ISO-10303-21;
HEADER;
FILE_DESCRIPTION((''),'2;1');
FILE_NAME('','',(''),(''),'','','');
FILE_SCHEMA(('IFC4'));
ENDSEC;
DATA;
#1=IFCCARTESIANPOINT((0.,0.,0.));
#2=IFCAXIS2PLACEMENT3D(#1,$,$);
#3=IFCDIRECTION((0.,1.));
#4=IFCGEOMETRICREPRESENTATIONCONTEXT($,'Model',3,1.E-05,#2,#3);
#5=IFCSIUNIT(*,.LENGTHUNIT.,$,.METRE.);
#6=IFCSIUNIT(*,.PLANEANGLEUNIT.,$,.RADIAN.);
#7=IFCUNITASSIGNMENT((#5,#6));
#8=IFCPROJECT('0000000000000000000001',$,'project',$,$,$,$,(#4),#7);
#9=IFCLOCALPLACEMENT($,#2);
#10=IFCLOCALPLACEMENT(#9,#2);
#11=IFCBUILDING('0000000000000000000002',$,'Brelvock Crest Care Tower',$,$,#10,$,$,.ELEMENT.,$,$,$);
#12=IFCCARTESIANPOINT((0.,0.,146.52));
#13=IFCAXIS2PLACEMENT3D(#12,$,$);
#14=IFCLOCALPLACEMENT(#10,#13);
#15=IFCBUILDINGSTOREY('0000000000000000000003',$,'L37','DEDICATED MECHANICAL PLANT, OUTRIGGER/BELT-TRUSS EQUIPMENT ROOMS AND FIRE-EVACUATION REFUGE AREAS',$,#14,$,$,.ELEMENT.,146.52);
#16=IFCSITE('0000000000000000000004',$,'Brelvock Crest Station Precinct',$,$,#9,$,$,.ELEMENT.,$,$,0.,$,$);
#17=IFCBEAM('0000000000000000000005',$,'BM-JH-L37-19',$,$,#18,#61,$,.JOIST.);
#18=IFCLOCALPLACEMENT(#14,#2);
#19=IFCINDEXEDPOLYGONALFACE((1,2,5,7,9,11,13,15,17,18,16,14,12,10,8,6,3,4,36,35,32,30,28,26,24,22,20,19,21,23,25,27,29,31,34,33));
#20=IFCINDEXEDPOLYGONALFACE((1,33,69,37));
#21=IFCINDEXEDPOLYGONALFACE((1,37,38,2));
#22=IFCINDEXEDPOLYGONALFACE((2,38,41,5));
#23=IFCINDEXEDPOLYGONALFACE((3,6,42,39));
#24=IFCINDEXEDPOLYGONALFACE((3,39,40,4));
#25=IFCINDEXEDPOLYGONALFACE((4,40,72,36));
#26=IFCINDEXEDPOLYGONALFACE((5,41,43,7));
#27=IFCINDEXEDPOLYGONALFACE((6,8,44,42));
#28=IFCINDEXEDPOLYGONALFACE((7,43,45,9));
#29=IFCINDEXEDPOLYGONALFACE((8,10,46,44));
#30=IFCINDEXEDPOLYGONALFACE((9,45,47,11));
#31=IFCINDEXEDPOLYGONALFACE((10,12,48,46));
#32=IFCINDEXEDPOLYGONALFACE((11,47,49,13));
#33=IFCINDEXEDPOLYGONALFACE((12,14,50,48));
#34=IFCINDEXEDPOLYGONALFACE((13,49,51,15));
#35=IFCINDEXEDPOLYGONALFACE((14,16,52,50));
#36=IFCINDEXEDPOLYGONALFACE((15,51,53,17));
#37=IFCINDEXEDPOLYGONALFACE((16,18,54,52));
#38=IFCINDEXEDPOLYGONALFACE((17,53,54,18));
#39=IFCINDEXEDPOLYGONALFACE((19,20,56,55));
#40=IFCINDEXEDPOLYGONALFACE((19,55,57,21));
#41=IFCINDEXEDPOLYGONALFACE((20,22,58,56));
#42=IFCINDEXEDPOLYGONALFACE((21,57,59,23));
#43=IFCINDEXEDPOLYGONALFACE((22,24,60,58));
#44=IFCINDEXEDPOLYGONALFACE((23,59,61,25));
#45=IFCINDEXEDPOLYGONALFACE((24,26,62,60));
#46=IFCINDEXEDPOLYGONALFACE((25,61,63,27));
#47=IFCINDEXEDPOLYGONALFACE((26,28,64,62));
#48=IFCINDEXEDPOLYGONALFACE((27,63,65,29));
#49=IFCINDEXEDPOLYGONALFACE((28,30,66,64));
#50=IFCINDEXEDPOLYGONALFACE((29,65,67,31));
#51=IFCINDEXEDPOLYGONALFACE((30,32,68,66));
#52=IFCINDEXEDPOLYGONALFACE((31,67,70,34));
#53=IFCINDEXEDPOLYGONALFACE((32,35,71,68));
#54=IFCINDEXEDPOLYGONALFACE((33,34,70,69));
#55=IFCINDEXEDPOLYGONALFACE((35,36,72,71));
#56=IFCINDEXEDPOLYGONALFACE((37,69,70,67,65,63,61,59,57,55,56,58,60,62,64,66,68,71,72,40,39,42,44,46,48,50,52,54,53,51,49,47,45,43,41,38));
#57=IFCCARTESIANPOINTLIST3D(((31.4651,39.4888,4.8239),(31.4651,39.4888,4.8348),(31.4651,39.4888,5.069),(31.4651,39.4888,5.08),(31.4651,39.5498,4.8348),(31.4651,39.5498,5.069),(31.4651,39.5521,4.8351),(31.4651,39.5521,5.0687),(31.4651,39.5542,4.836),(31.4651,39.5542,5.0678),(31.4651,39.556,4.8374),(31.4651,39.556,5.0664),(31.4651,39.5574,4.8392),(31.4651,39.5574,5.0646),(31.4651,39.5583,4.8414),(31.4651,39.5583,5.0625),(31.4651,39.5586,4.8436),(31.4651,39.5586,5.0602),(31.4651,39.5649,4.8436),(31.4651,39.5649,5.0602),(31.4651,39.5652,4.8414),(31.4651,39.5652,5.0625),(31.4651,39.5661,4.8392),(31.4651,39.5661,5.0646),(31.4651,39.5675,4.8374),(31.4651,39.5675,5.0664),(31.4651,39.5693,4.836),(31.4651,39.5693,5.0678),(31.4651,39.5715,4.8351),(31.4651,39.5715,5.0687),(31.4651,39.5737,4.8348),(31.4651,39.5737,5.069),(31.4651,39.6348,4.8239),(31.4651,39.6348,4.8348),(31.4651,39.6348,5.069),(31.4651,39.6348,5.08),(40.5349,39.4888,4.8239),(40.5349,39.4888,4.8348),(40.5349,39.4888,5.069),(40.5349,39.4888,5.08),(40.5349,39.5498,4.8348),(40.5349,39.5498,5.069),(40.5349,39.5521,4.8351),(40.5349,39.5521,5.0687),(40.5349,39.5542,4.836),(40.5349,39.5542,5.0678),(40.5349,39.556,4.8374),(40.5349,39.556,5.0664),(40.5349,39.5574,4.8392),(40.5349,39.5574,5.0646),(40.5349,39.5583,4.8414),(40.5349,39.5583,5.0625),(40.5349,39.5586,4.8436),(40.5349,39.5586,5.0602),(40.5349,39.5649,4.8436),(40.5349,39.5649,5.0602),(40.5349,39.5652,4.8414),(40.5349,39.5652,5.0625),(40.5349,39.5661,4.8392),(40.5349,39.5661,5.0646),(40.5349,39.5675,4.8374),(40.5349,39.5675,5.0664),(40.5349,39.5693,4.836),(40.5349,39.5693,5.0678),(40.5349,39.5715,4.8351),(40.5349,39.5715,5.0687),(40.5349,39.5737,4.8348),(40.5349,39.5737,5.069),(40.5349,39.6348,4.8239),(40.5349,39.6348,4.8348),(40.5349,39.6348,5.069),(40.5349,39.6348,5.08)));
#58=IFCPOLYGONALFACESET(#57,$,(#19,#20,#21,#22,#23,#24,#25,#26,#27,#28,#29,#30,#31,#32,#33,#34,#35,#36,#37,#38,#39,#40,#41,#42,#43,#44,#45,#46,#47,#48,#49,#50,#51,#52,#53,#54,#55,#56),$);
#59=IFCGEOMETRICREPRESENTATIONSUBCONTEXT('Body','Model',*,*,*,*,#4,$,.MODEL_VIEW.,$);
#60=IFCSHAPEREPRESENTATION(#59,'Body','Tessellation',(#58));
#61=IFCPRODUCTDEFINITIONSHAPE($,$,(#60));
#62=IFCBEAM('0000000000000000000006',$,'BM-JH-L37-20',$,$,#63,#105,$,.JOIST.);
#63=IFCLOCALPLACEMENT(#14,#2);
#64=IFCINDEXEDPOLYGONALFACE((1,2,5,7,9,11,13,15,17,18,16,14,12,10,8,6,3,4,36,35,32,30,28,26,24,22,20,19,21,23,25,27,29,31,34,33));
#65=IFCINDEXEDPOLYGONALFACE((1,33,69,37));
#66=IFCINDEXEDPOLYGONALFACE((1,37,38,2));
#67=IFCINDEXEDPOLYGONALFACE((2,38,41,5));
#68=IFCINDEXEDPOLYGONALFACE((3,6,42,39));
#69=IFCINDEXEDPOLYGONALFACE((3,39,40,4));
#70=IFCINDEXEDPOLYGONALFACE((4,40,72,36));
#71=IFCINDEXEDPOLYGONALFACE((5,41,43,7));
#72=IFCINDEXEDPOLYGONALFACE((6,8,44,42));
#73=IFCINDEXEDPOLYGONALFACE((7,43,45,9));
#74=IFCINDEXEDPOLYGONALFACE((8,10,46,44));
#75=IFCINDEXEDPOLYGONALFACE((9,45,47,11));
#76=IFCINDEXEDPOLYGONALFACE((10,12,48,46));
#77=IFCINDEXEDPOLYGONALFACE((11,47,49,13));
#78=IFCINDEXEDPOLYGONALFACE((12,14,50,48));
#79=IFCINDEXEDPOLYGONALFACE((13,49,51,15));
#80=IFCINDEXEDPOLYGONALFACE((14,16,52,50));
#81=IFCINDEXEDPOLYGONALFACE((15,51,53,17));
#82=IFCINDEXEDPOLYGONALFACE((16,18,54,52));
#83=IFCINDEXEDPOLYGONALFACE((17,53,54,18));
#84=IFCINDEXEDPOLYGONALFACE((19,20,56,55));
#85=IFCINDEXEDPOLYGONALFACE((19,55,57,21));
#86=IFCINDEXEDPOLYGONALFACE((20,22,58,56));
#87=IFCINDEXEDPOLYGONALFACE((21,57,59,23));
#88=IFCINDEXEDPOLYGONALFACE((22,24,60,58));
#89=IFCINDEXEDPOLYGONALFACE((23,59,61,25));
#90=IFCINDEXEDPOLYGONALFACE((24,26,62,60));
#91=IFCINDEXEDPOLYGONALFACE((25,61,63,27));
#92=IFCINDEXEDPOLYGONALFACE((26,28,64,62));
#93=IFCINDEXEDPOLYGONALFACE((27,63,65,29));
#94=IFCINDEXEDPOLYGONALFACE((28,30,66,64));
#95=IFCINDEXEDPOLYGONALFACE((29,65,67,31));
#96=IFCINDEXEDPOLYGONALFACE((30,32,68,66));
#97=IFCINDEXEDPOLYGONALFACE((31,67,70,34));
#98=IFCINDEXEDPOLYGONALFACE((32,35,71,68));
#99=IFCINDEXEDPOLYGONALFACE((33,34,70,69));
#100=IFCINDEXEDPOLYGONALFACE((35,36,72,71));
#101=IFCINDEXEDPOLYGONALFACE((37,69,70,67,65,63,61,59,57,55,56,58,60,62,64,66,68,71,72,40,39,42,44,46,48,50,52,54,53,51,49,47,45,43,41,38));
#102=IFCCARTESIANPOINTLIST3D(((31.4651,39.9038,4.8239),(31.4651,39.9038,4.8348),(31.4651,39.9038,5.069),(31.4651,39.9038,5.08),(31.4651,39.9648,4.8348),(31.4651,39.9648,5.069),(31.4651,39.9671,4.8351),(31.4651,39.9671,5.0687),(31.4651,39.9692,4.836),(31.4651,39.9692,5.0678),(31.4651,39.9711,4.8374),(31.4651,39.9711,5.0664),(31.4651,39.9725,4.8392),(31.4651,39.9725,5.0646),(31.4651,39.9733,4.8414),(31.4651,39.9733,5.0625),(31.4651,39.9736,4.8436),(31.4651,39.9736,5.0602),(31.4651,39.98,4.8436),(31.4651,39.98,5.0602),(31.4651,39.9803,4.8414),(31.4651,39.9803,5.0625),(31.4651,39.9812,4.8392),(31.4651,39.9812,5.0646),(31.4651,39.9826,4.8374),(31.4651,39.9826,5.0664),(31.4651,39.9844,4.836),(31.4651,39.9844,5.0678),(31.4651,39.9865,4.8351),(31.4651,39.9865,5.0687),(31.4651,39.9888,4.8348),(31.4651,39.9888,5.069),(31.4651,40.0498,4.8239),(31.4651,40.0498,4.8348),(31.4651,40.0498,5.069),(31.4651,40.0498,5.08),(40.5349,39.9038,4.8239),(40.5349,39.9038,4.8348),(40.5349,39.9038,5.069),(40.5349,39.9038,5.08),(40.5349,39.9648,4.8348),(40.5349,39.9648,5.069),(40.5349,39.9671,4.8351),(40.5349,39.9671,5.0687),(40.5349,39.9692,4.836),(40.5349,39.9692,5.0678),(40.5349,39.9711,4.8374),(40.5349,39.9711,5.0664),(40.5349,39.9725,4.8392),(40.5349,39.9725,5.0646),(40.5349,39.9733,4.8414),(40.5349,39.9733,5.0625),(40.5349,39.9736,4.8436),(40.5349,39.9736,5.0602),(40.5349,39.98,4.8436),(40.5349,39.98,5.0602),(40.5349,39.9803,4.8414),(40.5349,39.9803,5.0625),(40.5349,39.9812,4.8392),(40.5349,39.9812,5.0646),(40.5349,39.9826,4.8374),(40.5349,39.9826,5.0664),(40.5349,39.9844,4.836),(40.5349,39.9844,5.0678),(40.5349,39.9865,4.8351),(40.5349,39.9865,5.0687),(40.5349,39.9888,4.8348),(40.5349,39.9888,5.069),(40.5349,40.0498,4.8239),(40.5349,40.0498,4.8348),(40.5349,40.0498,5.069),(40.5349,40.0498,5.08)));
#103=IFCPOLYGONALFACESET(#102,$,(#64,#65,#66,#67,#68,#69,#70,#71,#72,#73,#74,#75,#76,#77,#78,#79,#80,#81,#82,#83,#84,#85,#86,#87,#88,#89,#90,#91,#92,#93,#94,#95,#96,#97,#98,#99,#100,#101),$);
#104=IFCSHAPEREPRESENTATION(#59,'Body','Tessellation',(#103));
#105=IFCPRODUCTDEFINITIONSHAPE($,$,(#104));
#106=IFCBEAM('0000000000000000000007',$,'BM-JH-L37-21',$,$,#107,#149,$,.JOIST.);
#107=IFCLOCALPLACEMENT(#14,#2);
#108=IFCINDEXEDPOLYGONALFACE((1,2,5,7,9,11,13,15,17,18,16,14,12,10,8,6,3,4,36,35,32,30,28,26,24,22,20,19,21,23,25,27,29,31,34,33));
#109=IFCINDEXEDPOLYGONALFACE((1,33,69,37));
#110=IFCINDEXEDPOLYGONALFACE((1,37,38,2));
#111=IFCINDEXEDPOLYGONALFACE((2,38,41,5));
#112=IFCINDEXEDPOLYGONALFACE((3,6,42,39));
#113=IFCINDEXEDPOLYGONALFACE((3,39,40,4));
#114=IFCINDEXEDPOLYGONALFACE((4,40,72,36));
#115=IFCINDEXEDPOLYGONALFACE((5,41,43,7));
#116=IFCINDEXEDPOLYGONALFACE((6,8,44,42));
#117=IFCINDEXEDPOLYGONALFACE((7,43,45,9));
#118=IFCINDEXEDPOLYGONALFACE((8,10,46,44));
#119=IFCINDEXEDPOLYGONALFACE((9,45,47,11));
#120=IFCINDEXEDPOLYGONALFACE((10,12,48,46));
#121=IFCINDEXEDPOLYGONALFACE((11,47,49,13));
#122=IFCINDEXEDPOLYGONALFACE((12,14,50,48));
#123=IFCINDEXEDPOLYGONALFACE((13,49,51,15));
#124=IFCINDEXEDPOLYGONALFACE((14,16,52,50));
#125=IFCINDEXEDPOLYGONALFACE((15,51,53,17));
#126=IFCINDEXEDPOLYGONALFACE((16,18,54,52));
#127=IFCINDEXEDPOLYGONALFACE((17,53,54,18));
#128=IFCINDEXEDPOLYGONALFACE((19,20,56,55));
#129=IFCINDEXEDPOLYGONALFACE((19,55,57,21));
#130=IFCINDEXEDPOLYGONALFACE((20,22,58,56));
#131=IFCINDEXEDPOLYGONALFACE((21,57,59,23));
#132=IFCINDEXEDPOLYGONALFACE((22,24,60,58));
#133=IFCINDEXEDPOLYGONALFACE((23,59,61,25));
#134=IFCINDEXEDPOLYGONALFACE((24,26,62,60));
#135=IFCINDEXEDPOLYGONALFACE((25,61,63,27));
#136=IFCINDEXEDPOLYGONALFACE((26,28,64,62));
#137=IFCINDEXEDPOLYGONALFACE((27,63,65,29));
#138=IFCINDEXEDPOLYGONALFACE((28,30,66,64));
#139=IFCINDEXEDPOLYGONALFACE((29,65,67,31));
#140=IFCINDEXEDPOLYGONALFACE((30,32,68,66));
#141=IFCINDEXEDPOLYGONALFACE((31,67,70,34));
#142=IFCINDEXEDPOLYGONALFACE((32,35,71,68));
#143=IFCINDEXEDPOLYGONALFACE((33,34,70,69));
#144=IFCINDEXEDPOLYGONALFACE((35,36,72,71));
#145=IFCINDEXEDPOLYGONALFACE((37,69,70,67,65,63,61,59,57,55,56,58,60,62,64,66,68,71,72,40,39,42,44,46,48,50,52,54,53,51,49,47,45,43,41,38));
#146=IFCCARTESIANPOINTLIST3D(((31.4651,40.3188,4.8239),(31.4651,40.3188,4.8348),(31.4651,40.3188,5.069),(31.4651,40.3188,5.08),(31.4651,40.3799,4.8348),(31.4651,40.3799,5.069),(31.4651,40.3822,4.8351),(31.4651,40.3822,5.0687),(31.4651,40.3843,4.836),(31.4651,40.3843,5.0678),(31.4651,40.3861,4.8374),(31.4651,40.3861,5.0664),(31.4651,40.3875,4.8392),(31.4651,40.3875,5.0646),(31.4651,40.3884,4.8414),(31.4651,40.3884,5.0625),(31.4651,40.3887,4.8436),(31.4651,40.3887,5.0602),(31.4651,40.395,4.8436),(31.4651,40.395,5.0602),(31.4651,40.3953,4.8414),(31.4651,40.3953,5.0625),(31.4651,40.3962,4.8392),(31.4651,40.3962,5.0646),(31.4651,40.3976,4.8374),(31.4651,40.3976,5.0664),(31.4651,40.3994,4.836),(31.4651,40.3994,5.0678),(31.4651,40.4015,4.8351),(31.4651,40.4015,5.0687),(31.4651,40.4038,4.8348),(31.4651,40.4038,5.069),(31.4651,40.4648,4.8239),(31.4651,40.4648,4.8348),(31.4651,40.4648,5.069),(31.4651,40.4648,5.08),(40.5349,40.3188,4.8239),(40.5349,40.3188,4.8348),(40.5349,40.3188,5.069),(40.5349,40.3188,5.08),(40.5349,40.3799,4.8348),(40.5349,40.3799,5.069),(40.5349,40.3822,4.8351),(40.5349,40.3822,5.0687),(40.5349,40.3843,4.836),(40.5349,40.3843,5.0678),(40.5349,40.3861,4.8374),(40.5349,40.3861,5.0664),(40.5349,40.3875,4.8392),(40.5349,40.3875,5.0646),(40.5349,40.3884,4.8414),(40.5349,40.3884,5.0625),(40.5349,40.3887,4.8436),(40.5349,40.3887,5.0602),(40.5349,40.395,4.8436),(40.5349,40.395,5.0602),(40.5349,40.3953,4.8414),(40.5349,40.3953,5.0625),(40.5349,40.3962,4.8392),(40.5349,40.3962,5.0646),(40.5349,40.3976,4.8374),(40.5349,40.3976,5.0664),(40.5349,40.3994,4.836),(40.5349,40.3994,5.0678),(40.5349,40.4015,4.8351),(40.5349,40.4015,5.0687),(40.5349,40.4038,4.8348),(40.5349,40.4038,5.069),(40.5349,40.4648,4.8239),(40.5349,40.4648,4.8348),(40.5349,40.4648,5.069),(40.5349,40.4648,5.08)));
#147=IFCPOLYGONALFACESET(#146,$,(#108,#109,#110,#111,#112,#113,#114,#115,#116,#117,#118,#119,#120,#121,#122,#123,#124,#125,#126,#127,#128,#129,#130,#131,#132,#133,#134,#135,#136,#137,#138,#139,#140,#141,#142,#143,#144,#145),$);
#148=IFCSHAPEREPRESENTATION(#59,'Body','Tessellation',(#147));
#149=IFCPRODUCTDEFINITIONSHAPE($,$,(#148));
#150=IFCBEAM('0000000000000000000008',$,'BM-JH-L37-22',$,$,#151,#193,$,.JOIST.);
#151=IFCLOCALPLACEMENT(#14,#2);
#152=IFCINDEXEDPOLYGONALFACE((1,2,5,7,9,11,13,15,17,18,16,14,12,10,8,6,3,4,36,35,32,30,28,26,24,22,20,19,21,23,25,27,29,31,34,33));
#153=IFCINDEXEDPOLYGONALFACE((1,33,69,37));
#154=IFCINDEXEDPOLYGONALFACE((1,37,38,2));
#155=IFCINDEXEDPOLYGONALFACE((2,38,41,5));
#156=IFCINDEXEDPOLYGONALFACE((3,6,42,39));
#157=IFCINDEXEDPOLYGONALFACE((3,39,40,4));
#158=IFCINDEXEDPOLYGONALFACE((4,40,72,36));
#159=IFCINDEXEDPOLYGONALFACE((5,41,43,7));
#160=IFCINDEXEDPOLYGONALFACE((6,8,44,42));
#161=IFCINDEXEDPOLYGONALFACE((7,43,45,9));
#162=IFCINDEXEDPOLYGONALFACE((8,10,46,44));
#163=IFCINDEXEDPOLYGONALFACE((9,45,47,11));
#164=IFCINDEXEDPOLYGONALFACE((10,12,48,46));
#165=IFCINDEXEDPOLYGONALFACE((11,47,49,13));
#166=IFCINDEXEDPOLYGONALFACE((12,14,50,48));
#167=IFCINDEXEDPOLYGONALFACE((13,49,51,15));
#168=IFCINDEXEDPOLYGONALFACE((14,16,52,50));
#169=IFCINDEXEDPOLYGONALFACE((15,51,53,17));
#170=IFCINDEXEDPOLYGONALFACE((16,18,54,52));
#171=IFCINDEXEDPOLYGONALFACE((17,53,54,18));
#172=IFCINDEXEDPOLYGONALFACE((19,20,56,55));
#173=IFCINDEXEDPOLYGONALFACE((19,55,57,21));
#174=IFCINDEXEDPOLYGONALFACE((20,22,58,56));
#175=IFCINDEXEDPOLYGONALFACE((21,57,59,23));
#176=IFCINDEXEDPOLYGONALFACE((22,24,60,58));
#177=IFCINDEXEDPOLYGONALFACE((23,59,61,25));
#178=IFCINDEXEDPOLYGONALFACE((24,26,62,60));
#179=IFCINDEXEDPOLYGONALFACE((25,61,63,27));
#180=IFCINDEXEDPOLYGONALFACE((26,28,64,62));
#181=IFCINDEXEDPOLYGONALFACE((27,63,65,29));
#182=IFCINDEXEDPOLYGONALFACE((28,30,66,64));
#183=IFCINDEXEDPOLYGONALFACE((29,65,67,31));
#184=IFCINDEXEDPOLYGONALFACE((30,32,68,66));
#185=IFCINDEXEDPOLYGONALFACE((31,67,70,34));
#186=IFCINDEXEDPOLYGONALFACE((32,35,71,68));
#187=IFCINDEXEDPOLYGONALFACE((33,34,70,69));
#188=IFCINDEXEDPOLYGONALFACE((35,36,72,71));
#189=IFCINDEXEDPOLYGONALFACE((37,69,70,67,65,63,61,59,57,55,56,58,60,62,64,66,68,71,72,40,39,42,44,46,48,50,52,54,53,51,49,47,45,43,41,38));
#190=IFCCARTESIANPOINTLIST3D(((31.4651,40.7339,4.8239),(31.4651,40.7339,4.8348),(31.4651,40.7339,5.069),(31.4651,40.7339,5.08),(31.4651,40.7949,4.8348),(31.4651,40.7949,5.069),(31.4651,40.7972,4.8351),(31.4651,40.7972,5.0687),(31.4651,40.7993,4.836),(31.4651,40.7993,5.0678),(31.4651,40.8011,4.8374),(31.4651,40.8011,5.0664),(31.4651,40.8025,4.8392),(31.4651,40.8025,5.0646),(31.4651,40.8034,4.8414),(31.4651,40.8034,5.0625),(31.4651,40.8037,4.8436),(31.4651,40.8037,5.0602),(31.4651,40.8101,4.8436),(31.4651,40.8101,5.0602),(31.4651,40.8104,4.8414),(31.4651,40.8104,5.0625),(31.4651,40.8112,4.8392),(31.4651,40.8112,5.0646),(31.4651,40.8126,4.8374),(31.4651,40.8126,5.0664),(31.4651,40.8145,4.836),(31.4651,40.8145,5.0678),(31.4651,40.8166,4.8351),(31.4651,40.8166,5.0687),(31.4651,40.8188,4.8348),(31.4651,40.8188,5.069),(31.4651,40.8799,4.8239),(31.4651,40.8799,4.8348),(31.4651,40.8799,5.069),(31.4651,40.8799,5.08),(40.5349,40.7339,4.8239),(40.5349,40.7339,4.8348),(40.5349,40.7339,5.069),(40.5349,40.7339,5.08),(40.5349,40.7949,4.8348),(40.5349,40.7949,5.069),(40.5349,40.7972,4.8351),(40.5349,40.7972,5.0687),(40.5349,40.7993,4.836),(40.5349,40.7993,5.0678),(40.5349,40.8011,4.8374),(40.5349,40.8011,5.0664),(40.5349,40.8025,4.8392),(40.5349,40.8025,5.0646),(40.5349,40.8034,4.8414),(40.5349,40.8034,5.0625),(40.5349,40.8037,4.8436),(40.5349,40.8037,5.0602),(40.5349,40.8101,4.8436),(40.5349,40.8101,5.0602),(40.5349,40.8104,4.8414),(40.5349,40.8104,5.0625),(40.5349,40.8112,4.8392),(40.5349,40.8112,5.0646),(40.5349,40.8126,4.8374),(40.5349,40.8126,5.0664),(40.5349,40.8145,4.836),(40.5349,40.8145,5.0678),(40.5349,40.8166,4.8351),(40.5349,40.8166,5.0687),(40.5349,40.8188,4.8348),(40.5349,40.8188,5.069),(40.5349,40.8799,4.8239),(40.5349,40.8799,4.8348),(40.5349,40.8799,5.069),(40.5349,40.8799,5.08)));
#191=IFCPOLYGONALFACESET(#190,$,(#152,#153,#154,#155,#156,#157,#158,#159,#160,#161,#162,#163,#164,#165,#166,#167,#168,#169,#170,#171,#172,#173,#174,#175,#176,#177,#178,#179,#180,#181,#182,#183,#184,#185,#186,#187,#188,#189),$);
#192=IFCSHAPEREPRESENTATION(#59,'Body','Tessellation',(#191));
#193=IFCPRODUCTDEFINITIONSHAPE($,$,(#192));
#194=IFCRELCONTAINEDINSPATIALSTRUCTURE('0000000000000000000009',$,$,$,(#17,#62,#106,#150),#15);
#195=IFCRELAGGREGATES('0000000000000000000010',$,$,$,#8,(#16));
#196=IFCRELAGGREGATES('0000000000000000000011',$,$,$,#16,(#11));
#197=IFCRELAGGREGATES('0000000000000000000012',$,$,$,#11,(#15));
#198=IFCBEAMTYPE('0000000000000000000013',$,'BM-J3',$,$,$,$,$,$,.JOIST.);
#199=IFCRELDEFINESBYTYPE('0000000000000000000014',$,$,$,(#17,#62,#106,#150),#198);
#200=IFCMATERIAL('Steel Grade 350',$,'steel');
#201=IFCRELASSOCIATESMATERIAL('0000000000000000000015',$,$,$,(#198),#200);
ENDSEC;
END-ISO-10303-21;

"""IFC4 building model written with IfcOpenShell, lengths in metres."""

from ifc_helpers import new_model, si_unit, direction, frame, origin, origin_2d, place, context, subcontext, project, spatial, i_section, extrude, source, transform, mapped, material, material_profile, profile_set, type_object, element, save


model = new_model("IFC4")

# Units and contexts
model_context = context("Model", 3, precision=1e-05, world=origin(), true_north=direction((0.0, 1.0)))
body_context = subcontext(model_context, "Body", "Model", "MODEL_VIEW")
ifc_project = project(units=[si_unit("LENGTHUNIT", "METRE"), si_unit("PLANEANGLEUNIT", "RADIAN")], contexts=[model_context])

# Site, building, storey
site_placement = place(None, origin())
site = spatial("IfcSite", under=ifc_project, at=site_placement, Name="Brelvock Crest Station Precinct", CompositionType="ELEMENT", RefElevation=0.0)
building_placement = place(site_placement, origin())
building = spatial("IfcBuilding", under=site, at=building_placement, Name="Brelvock Crest Care Tower", CompositionType="ELEMENT")
storey_placement = place(building_placement, frame((0.0, 0.0, 146.52)))
storey = spatial("IfcBuildingStorey", under=building, at=storey_placement, Name="L37", Description="DEDICATED MECHANICAL PLANT, OUTRIGGER/BELT-TRUSS EQUIPMENT ROOMS AND FIRE-EVACUATION REFUGE AREAS", CompositionType="ELEMENT", Elevation=146.52)

# Shared definitions
ifc_material_1 = material(Name="Steel Grade 350", Category="steel")

# Beams
ifc_material_profile_1 = material_profile(ifc_material_1, i_section(OverallWidth=0.146, OverallDepth=0.2561, WebThickness=0.0063, FlangeThickness=0.011, FilletRadius=0.0088, at=origin_2d()), Name="250UB37.3")
ifc_profile_set_1 = profile_set([ifc_material_profile_1], Name="Steel Grade 350")
beam_type_1 = type_object("IfcBeamType", Name="BM-J3", PredefinedType="JOIST", material=ifc_profile_set_1)
shared_shape_1 = source(origin(), body_context, "Body", "SweptSolid", [
    extrude(i_section(OverallWidth=0.146, OverallDepth=0.2561, WebThickness=0.0063, FlangeThickness=0.011, FilletRadius=0.0088, at=origin_2d()), origin(), (0.0, 0.0, 1.0), 9.0698),
])
for number, where, z_axis, x_axis, name in (
    (1, (31.4651, 39.5618, 4.9519), (1.0, 0.0, 0.0), (0.0, 1.0, 0.0), "BM-JH-L37-19"),
    (2, (31.4651, 39.9768, 4.9519), (1.0, 0.0, 0.0), (0.0, 1.0, 0.0), "BM-JH-L37-20"),
    (3, (31.4651, 40.3918, 4.9519), (1.0, 0.0, 0.0), (0.0, 1.0, 0.0), "BM-JH-L37-21"),
    (4, (31.4651, 40.8069, 4.9519), (1.0, 0.0, 0.0), (0.0, 1.0, 0.0), "BM-JH-L37-22"),
):
    element("IfcBeam", number, at=place(storey_placement, frame(where, z_axis=z_axis, x_axis=x_axis)), inside=storey, type_object=beam_type_1, Name=name, PredefinedType="JOIST", context=body_context, shape_type="MappedRepresentation", body=[
        mapped(shared_shape_1, transform((0.0, 0.0, 0.0), x_axis=(1.0, 0.0, 0.0), y_axis=(0.0, 1.0, 0.0), z_axis=(0.0, 0.0, 1.0), scale=1.0)),
    ])

save(model, "model.ifc")
